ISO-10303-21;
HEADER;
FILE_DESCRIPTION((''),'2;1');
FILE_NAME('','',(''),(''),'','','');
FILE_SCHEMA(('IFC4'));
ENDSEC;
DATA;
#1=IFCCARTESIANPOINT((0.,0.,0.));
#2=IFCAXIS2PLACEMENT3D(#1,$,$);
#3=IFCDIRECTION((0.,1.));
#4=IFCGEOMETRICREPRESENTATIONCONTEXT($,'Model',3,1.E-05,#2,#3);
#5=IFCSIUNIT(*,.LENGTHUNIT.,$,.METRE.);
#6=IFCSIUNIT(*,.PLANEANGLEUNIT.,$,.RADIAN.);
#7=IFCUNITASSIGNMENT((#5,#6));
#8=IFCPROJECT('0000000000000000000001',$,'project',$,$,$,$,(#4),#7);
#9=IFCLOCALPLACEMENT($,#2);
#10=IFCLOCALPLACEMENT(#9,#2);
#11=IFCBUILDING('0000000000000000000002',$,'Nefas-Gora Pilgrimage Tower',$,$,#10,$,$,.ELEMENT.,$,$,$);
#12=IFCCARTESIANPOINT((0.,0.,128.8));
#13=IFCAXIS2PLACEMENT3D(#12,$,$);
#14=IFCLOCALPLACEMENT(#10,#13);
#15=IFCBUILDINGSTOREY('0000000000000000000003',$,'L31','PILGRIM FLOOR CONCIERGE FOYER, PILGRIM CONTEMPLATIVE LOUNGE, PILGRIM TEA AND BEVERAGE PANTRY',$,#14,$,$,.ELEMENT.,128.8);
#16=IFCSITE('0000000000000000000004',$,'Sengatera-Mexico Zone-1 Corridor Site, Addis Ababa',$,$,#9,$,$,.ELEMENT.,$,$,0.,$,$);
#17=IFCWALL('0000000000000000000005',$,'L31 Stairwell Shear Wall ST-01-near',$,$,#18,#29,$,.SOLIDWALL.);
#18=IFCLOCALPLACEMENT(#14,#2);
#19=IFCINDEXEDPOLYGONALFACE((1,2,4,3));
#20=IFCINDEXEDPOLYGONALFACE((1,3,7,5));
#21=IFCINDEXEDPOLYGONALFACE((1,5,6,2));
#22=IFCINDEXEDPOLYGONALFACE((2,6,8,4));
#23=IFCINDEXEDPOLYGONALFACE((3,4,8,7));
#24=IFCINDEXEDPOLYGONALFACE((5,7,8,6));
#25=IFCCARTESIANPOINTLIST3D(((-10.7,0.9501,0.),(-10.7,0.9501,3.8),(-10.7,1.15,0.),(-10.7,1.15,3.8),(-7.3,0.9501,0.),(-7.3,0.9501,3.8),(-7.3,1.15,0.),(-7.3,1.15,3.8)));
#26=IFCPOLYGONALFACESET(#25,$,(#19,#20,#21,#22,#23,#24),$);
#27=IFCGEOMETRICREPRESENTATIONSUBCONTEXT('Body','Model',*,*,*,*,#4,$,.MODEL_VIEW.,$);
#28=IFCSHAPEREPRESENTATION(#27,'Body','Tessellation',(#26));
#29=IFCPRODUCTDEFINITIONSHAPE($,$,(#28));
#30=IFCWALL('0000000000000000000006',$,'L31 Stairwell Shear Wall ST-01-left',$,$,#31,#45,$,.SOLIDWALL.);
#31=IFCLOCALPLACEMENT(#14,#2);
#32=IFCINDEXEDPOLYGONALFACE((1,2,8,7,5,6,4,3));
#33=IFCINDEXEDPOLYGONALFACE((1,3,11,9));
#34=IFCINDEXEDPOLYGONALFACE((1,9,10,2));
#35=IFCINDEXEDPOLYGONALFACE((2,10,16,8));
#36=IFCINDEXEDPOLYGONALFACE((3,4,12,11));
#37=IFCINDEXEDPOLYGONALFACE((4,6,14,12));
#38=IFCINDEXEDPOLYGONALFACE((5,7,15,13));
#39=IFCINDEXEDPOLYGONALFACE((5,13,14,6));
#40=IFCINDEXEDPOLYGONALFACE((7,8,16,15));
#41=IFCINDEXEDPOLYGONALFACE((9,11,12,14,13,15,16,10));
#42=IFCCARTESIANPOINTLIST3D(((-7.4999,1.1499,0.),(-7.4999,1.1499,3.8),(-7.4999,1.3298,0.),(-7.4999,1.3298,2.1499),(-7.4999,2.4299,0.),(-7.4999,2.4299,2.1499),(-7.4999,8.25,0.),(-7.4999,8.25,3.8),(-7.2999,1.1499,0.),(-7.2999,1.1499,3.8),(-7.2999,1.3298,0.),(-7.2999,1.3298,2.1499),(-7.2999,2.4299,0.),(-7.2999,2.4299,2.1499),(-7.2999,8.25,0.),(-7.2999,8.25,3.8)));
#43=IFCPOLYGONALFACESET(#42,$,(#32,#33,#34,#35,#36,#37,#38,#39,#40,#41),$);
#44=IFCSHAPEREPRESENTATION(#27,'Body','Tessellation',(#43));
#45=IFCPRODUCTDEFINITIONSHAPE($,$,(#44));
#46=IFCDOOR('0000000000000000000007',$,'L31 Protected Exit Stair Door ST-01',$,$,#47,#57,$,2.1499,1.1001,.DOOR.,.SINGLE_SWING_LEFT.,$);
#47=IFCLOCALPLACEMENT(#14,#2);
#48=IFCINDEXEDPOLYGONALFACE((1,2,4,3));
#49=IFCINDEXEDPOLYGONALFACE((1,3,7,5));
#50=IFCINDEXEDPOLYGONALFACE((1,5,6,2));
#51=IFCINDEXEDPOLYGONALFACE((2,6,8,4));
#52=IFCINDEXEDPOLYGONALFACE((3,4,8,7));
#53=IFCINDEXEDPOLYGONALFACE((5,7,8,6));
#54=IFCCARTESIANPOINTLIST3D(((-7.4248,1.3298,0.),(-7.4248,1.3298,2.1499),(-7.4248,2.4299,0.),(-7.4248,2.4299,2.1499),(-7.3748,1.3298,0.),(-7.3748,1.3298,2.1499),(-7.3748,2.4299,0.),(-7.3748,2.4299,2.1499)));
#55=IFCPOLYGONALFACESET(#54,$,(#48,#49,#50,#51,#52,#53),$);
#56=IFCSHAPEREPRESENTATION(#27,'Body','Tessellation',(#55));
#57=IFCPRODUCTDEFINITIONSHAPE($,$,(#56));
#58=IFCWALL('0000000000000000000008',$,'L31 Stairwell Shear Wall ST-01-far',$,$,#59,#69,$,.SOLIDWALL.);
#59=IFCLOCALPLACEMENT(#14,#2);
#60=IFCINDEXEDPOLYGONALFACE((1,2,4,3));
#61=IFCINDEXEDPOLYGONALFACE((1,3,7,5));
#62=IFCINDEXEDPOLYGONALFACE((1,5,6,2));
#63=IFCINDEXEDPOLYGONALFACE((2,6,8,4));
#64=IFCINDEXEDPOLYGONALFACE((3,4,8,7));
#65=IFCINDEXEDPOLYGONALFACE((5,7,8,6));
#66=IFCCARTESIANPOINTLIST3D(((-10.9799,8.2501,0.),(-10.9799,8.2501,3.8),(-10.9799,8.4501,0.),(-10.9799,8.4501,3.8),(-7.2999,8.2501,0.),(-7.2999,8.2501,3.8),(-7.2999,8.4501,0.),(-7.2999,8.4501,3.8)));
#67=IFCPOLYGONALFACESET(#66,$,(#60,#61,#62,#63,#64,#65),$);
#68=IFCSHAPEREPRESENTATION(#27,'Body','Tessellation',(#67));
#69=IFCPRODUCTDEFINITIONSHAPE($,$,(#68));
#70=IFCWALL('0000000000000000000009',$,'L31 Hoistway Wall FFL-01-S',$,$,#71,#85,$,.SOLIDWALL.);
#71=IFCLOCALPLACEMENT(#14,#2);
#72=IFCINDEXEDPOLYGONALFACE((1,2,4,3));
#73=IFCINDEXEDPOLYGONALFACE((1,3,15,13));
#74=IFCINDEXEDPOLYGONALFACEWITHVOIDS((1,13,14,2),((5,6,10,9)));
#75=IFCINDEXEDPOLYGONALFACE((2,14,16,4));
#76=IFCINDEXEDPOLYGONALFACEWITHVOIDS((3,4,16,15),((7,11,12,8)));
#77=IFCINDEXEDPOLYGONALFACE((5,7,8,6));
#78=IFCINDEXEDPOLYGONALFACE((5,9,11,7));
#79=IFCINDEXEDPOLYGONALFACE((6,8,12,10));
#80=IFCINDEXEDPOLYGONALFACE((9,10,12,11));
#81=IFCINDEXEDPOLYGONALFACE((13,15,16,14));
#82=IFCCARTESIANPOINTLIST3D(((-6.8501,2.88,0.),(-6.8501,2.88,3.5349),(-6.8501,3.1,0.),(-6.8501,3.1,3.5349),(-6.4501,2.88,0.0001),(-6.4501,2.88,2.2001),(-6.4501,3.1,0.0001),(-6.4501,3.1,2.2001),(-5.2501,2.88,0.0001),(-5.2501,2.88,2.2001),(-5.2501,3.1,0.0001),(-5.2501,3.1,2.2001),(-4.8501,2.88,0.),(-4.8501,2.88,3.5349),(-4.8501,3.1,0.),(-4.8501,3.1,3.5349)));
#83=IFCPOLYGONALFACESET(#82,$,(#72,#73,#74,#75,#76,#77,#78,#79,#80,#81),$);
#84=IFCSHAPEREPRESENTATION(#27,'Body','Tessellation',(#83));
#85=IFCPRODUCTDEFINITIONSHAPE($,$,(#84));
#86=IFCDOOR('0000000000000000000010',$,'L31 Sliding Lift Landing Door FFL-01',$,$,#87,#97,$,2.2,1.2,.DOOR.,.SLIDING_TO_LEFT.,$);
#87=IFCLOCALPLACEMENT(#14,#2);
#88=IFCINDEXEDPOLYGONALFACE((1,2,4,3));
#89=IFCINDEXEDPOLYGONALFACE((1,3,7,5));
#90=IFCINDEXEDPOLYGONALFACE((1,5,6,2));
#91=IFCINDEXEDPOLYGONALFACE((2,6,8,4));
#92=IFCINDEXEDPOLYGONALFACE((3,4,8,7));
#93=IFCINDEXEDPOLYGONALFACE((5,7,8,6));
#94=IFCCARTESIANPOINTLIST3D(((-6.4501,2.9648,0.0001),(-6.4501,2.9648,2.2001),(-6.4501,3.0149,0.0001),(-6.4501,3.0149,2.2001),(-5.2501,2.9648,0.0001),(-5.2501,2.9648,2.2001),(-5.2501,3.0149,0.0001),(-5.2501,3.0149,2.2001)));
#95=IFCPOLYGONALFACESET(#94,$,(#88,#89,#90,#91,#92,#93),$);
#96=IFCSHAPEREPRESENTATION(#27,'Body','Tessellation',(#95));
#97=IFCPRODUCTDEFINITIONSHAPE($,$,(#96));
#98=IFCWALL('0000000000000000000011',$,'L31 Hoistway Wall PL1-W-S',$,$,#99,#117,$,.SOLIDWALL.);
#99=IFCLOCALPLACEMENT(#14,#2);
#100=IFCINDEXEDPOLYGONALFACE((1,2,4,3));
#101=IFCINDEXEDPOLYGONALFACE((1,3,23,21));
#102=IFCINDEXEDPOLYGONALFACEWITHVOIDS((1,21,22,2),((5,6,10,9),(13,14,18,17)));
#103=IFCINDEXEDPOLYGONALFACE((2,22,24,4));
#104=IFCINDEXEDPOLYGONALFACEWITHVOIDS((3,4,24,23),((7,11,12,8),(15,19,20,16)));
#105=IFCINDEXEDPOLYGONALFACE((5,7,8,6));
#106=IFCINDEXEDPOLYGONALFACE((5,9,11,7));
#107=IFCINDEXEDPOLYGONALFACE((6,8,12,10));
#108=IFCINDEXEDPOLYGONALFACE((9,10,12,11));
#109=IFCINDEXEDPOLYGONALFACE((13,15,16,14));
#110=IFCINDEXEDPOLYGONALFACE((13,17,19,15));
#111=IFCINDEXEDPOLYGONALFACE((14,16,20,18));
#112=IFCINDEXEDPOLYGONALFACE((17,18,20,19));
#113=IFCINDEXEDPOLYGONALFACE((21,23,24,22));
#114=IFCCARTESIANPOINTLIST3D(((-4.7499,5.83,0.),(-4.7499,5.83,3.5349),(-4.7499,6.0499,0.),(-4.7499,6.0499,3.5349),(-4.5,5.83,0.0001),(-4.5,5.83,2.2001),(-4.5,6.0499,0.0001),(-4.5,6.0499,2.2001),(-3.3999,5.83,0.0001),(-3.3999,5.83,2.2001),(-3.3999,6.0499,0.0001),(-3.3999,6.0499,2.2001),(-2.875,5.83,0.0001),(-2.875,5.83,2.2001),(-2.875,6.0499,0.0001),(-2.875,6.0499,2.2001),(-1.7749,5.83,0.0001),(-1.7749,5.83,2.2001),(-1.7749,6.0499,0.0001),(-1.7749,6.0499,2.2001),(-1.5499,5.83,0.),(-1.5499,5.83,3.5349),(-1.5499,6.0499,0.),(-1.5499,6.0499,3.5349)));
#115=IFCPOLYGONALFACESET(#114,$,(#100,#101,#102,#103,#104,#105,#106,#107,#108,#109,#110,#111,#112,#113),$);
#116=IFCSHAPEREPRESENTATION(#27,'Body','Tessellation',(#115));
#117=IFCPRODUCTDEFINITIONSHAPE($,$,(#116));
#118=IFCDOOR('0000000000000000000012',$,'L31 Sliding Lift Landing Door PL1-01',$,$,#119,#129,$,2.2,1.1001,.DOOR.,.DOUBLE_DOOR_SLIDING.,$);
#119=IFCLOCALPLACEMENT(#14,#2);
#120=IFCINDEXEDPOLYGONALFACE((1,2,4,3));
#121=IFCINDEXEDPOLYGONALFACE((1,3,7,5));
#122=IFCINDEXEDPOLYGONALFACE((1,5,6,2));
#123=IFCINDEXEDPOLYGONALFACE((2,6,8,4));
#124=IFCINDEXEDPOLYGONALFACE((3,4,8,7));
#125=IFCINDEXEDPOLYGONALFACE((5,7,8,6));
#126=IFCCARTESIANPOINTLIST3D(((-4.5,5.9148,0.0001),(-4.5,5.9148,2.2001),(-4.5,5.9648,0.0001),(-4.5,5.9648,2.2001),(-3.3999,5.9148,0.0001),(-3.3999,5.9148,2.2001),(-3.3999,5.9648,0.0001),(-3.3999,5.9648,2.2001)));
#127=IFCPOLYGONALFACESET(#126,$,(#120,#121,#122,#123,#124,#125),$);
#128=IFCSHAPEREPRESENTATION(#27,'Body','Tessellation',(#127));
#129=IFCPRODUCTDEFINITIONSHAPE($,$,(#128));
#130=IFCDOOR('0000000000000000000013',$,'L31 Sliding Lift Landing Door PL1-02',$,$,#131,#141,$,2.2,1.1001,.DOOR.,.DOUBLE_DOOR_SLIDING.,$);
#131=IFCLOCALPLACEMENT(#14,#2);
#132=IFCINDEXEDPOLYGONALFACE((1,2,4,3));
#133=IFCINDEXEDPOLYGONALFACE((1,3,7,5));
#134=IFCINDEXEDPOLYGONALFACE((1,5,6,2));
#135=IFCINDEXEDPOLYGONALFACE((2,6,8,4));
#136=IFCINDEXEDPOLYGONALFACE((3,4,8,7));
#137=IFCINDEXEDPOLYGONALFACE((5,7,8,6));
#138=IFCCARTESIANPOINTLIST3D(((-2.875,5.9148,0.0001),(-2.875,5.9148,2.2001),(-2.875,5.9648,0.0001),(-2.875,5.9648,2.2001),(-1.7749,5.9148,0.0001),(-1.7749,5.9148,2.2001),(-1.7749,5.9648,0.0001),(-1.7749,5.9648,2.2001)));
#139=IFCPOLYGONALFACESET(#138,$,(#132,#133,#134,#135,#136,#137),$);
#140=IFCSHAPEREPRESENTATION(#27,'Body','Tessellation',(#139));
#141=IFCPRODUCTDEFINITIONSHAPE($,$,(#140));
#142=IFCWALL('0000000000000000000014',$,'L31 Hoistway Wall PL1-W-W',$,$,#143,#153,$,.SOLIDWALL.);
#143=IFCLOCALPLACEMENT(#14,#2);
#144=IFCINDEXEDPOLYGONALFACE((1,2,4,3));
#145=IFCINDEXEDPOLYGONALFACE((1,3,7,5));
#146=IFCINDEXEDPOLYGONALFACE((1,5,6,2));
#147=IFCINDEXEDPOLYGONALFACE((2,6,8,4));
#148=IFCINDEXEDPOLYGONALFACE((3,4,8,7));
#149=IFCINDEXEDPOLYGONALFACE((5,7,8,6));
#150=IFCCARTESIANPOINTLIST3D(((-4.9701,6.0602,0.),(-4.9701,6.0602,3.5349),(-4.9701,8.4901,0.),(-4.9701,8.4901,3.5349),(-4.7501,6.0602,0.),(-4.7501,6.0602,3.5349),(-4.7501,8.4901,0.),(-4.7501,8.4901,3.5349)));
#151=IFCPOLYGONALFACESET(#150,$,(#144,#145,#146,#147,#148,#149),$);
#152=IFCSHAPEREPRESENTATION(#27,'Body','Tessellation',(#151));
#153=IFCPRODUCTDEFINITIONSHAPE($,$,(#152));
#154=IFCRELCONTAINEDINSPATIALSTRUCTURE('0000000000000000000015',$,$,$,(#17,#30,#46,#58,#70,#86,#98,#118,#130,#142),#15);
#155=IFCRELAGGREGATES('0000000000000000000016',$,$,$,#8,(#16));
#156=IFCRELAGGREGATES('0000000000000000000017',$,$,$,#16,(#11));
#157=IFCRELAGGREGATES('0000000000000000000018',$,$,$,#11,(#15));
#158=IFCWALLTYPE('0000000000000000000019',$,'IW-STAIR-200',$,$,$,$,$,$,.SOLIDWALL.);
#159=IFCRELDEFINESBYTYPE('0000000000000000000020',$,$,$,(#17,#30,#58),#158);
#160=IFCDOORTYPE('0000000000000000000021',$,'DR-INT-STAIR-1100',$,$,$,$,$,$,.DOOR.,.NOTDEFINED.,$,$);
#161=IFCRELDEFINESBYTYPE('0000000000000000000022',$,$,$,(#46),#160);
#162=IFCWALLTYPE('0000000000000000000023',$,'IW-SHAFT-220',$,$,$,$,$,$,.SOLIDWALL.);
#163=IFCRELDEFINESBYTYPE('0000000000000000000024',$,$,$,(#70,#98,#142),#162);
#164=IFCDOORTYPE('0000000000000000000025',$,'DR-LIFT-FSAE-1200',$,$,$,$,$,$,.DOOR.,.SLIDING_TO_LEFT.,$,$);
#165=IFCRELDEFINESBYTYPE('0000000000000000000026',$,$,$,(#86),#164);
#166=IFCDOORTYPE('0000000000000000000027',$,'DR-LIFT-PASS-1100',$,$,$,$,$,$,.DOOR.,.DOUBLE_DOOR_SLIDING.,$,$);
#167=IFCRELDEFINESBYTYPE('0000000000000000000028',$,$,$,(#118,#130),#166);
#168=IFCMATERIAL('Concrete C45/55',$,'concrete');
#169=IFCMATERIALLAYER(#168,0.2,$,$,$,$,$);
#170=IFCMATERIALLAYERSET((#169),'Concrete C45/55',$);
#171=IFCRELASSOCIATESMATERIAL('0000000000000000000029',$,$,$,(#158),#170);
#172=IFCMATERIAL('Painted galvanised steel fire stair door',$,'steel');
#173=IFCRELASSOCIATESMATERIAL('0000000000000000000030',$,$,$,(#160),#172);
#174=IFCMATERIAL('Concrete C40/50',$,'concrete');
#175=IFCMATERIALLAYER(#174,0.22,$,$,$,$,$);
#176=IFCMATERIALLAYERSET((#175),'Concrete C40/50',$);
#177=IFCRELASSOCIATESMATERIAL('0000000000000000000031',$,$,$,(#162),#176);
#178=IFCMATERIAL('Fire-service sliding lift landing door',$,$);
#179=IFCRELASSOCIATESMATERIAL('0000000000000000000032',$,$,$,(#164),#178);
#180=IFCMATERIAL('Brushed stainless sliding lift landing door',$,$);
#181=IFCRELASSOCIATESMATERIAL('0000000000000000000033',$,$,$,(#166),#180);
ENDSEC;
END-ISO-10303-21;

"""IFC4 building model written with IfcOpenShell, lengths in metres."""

from ifc_helpers import new_model, si_unit, direction, frame, frame_2d, origin, place, context, subcontext, project, spatial, rectangle, extrude, source, transform, mapped, material, layer, layer_set, type_object, element, fill, save


model = new_model("IFC4")

# Units and contexts
model_context = context("Model", 3, precision=1e-05, world=origin(), true_north=direction((0.0, 1.0)))
body_context = subcontext(model_context, "Body", "Model", "MODEL_VIEW")
ifc_project = project(units=[si_unit("LENGTHUNIT", "METRE"), si_unit("PLANEANGLEUNIT", "RADIAN")], contexts=[model_context])

# Site, building, storey
site_placement = place(None, origin())
site = spatial("IfcSite", under=ifc_project, at=site_placement, Name="Sengatera-Mexico Zone-1 Corridor Site, Addis Ababa", CompositionType="ELEMENT", RefElevation=0.0)
building_placement = place(site_placement, origin())
building = spatial("IfcBuilding", under=site, at=building_placement, Name="Nefas-Gora Pilgrimage Tower", CompositionType="ELEMENT")
storey_placement = place(building_placement, frame((0.0, 0.0, 128.8)))
storey = spatial("IfcBuildingStorey", under=building, at=storey_placement, Name="L31", Description="PILGRIM FLOOR CONCIERGE FOYER, PILGRIM CONTEMPLATIVE LOUNGE, PILGRIM TEA AND BEVERAGE PANTRY", CompositionType="ELEMENT", Elevation=128.8)

# Wall
ifc_material_1 = material(Name="Concrete C45/55", Category="concrete")
ifc_layer_1 = layer(ifc_material_1, 0.2)
ifc_layer_set_1 = layer_set([ifc_layer_1], Name="Concrete C45/55")
wall_type_1 = type_object("IfcWallType", Name="IW-STAIR-200", PredefinedType="SOLIDWALL", material=ifc_layer_set_1)
shared_shape_1 = source(origin(), body_context, "Body", "SweptSolid", [
    extrude(rectangle(XDim=3.3999, YDim=0.2, at=frame_2d((1.7, 0.0))), origin(), (0.0, 0.0, 1.0), 3.8),
])
wall_1_placement = place(storey_placement, frame((-7.3, 1.05, 0.0), z_axis=(0.0, 0.0, 1.0), x_axis=(-1.0, 0.0, 0.0)))
element("IfcWall", 1, at=wall_1_placement, inside=storey, type_object=wall_type_1, Name="L31 Stairwell Shear Wall ST-01-near", PredefinedType="SOLIDWALL", context=body_context, shape_type="MappedRepresentation", body=[
    mapped(shared_shape_1, transform((0.0, 0.0, 0.0), x_axis=(1.0, 0.0, 0.0), y_axis=(0.0, 1.0, 0.0), z_axis=(0.0, 0.0, 1.0), scale=1.0)),
])

# Wall, opening, door
shared_shape_2 = source(origin(), body_context, "Body", "SweptSolid", [
    extrude(rectangle(XDim=7.1001, YDim=0.2, at=frame_2d((3.55, 0.0))), origin(), (0.0, 0.0, 1.0), 3.8),
])
wall_2_placement = place(storey_placement, frame((-7.3999, 1.1499, 0.0), z_axis=(0.0, 0.0, 1.0), x_axis=(0.0, 1.0, 0.0)))
wall_2 = element("IfcWall", 2, at=wall_2_placement, inside=storey, type_object=wall_type_1, Name="L31 Stairwell Shear Wall ST-01-left", PredefinedType="SOLIDWALL", context=body_context, shape_type="MappedRepresentation", body=[
    mapped(shared_shape_2, transform((0.0, 0.0, 0.0), x_axis=(1.0, 0.0, 0.0), y_axis=(0.0, 1.0, 0.0), z_axis=(0.0, 0.0, 1.0), scale=1.0)),
])
opening_1_placement = place(wall_2_placement, frame((0.1799, 0.0, 0.0)))
opening_1 = element("IfcOpeningElement", 3, at=opening_1_placement, cuts=wall_2, PredefinedType="OPENING", context=body_context, shape_type="SweptSolid", body=[
    extrude(rectangle(XDim=1.1001, YDim=2.1499, at=frame_2d((0.55, 1.075))), frame((0.0, 0.1099, 0.0), z_axis=(0.0, -1.0, 0.0), x_axis=(1.0, 0.0, 0.0)), (0.0, 0.0, 1.0), 0.22),
])
ifc_material_2 = material(Name="Painted galvanised steel fire stair door", Category="steel")
door_type_1 = type_object("IfcDoorType", Name="DR-INT-STAIR-1100", OperationType="NOTDEFINED", PredefinedType="DOOR", material=ifc_material_2)
shared_shape_3 = source(origin(), body_context, "Body", "SweptSolid", [
    extrude(rectangle(XDim=1.1001, YDim=2.1499, at=frame_2d((0.55, 1.075))), frame((0.0, 0.0249, 0.0), z_axis=(0.0, -1.0, 0.0), x_axis=(1.0, 0.0, 0.0)), (0.0, 0.0, 1.0), 0.05),
])
door_1_placement = place(opening_1_placement, origin())
door_1 = element("IfcDoor", 4, at=door_1_placement, inside=storey, type_object=door_type_1, Name="L31 Protected Exit Stair Door ST-01", OperationType="SINGLE_SWING_LEFT", OverallHeight=2.1499, OverallWidth=1.1001, PredefinedType="DOOR", context=body_context, shape_type="MappedRepresentation", body=[
    mapped(shared_shape_3, transform((0.0, 0.0, 0.0), x_axis=(1.0, 0.0, 0.0), y_axis=(0.0, 1.0, 0.0), z_axis=(0.0, 0.0, 1.0), scale=1.0)),
])
fill(opening_1, door_1)

# Wall
shared_shape_4 = source(origin(), body_context, "Body", "SweptSolid", [
    extrude(rectangle(XDim=3.6799, YDim=0.2, at=frame_2d((1.8398, 0.0))), origin(), (0.0, 0.0, 1.0), 3.8),
])
wall_3_placement = place(storey_placement, frame((-7.3, 8.3501, 0.0), z_axis=(0.0, 0.0, 1.0), x_axis=(-1.0, 0.0, 0.0)))
element("IfcWall", 5, at=wall_3_placement, inside=storey, type_object=wall_type_1, Name="L31 Stairwell Shear Wall ST-01-far", PredefinedType="SOLIDWALL", context=body_context, shape_type="MappedRepresentation", body=[
    mapped(shared_shape_4, transform((0.0, 0.0, 0.0), x_axis=(1.0, 0.0, 0.0), y_axis=(0.0, 1.0, 0.0), z_axis=(0.0, 0.0, 1.0), scale=1.0)),
])

# Wall, opening, door
ifc_material_3 = material(Name="Concrete C40/50", Category="concrete")
ifc_layer_2 = layer(ifc_material_3, 0.22)
ifc_layer_set_2 = layer_set([ifc_layer_2], Name="Concrete C40/50")
wall_type_2 = type_object("IfcWallType", Name="IW-SHAFT-220", PredefinedType="SOLIDWALL", material=ifc_layer_set_2)
shared_shape_5 = source(origin(), body_context, "Body", "SweptSolid", [
    extrude(rectangle(XDim=2.0, YDim=0.22, at=frame_2d((1.0, 0.0))), origin(), (0.0, 0.0, 1.0), 3.5349),
])
wall_4_placement = place(storey_placement, frame((-6.8501, 2.99, 0.0), z_axis=(0.0, 0.0, 1.0), x_axis=(1.0, 0.0, 0.0)))
wall_4 = element("IfcWall", 6, at=wall_4_placement, inside=storey, type_object=wall_type_2, Name="L31 Hoistway Wall FFL-01-S", PredefinedType="SOLIDWALL", context=body_context, shape_type="MappedRepresentation", body=[
    mapped(shared_shape_5, transform((0.0, 0.0, 0.0), x_axis=(1.0, 0.0, 0.0), y_axis=(0.0, 1.0, 0.0), z_axis=(0.0, 0.0, 1.0), scale=1.0)),
])
opening_2_placement = place(wall_4_placement, frame((0.3999, 0.0, 0.0)))
opening_2 = element("IfcOpeningElement", 7, at=opening_2_placement, cuts=wall_4, PredefinedType="OPENING", context=body_context, shape_type="SweptSolid", body=[
    extrude(rectangle(XDim=1.2, YDim=2.2, at=frame_2d((0.6001, 1.1001))), frame((0.0, 0.1199, 0.0), z_axis=(0.0, -1.0, 0.0), x_axis=(1.0, 0.0, 0.0)), (0.0, 0.0, 1.0), 0.24),
])
ifc_material_4 = material(Name="Fire-service sliding lift landing door")
door_type_2 = type_object("IfcDoorType", Name="DR-LIFT-FSAE-1200", OperationType="SLIDING_TO_LEFT", PredefinedType="DOOR", material=ifc_material_4)
shared_shape_6 = source(origin(), body_context, "Body", "SweptSolid", [
    extrude(rectangle(XDim=1.2, YDim=2.2, at=frame_2d((0.6001, 1.1001))), frame((0.0, 0.0249, 0.0), z_axis=(0.0, -1.0, 0.0), x_axis=(1.0, 0.0, 0.0)), (0.0, 0.0, 1.0), 0.05),
])
door_2_placement = place(opening_2_placement, origin())
door_2 = element("IfcDoor", 8, at=door_2_placement, inside=storey, type_object=door_type_2, Name="L31 Sliding Lift Landing Door FFL-01", OperationType="SLIDING_TO_LEFT", OverallHeight=2.2, OverallWidth=1.2, PredefinedType="DOOR", context=body_context, shape_type="MappedRepresentation", body=[
    mapped(shared_shape_6, transform((0.0, 0.0, 0.0), x_axis=(1.0, 0.0, 0.0), y_axis=(0.0, 1.0, 0.0), z_axis=(0.0, 0.0, 1.0), scale=1.0)),
])
fill(opening_2, door_2)

# Wall, openings, doors
shared_shape_7 = source(origin(), body_context, "Body", "SweptSolid", [
    extrude(rectangle(XDim=3.2, YDim=0.22, at=frame_2d((1.6001, 0.0))), origin(), (0.0, 0.0, 1.0), 3.5349),
])
wall_5_placement = place(storey_placement, frame((-4.75, 5.9399, 0.0), z_axis=(0.0, 0.0, 1.0), x_axis=(1.0, 0.0, 0.0)))
wall_5 = element("IfcWall", 9, at=wall_5_placement, inside=storey, type_object=wall_type_2, Name="L31 Hoistway Wall PL1-W-S", PredefinedType="SOLIDWALL", context=body_context, shape_type="MappedRepresentation", body=[
    mapped(shared_shape_7, transform((0.0, 0.0, 0.0), x_axis=(1.0, 0.0, 0.0), y_axis=(0.0, 1.0, 0.0), z_axis=(0.0, 0.0, 1.0), scale=1.0)),
])
opening_3_placement = place(wall_5_placement, frame((0.25, 0.0, 0.0)))
opening_3 = element("IfcOpeningElement", 10, at=opening_3_placement, cuts=wall_5, PredefinedType="OPENING", context=body_context, shape_type="SweptSolid", body=[
    extrude(rectangle(XDim=1.1001, YDim=2.2, at=frame_2d((0.55, 1.1001))), frame((0.0, 0.1199, 0.0), z_axis=(0.0, -1.0, 0.0), x_axis=(1.0, 0.0, 0.0)), (0.0, 0.0, 1.0), 0.24),
])
opening_4_placement = place(wall_5_placement, frame((1.875, 0.0, 0.0)))
opening_4 = element("IfcOpeningElement", 11, at=opening_4_placement, cuts=wall_5, PredefinedType="OPENING", context=body_context, shape_type="SweptSolid", body=[
    extrude(rectangle(XDim=1.1001, YDim=2.2, at=frame_2d((0.55, 1.1001))), frame((0.0, 0.1199, 0.0), z_axis=(0.0, -1.0, 0.0), x_axis=(1.0, 0.0, 0.0)), (0.0, 0.0, 1.0), 0.24),
])
ifc_material_5 = material(Name="Brushed stainless sliding lift landing door")
door_type_3 = type_object("IfcDoorType", Name="DR-LIFT-PASS-1100", OperationType="DOUBLE_DOOR_SLIDING", PredefinedType="DOOR", material=ifc_material_5)
shared_shape_8 = source(origin(), body_context, "Body", "SweptSolid", [
    extrude(rectangle(XDim=1.1001, YDim=2.2, at=frame_2d((0.55, 1.1001))), frame((0.0, 0.0249, 0.0), z_axis=(0.0, -1.0, 0.0), x_axis=(1.0, 0.0, 0.0)), (0.0, 0.0, 1.0), 0.05),
])
door_3_placement = place(opening_3_placement, origin())
door_3 = element("IfcDoor", 12, at=door_3_placement, inside=storey, type_object=door_type_3, Name="L31 Sliding Lift Landing Door PL1-01", OperationType="DOUBLE_DOOR_SLIDING", OverallHeight=2.2, OverallWidth=1.1001, PredefinedType="DOOR", context=body_context, shape_type="MappedRepresentation", body=[
    mapped(shared_shape_8, transform((0.0, 0.0, 0.0), x_axis=(1.0, 0.0, 0.0), y_axis=(0.0, 1.0, 0.0), z_axis=(0.0, 0.0, 1.0), scale=1.0)),
])
fill(opening_3, door_3)
door_4_placement = place(opening_4_placement, origin())
door_4 = element("IfcDoor", 13, at=door_4_placement, inside=storey, type_object=door_type_3, Name="L31 Sliding Lift Landing Door PL1-02", OperationType="DOUBLE_DOOR_SLIDING", OverallHeight=2.2, OverallWidth=1.1001, PredefinedType="DOOR", context=body_context, shape_type="MappedRepresentation", body=[
    mapped(shared_shape_8, transform((0.0, 0.0, 0.0), x_axis=(1.0, 0.0, 0.0), y_axis=(0.0, 1.0, 0.0), z_axis=(0.0, 0.0, 1.0), scale=1.0)),
])
fill(opening_4, door_4)

# Wall
shared_shape_9 = source(origin(), body_context, "Body", "SweptSolid", [
    extrude(rectangle(XDim=2.4299, YDim=0.22, at=frame_2d((1.2148, 0.0))), origin(), (0.0, 0.0, 1.0), 3.5349),
])
wall_6_placement = place(storey_placement, frame((-4.8601, 8.49, 0.0), z_axis=(0.0, 0.0, 1.0), x_axis=(0.0, -1.0, 0.0)))
element("IfcWall", 14, at=wall_6_placement, inside=storey, type_object=wall_type_2, Name="L31 Hoistway Wall PL1-W-W", PredefinedType="SOLIDWALL", context=body_context, shape_type="MappedRepresentation", body=[
    mapped(shared_shape_9, transform((0.0, 0.0, 0.0), x_axis=(1.0, 0.0, 0.0), y_axis=(0.0, 1.0, 0.0), z_axis=(0.0, 0.0, 1.0), scale=1.0)),
])

save(model, "model.ifc")
